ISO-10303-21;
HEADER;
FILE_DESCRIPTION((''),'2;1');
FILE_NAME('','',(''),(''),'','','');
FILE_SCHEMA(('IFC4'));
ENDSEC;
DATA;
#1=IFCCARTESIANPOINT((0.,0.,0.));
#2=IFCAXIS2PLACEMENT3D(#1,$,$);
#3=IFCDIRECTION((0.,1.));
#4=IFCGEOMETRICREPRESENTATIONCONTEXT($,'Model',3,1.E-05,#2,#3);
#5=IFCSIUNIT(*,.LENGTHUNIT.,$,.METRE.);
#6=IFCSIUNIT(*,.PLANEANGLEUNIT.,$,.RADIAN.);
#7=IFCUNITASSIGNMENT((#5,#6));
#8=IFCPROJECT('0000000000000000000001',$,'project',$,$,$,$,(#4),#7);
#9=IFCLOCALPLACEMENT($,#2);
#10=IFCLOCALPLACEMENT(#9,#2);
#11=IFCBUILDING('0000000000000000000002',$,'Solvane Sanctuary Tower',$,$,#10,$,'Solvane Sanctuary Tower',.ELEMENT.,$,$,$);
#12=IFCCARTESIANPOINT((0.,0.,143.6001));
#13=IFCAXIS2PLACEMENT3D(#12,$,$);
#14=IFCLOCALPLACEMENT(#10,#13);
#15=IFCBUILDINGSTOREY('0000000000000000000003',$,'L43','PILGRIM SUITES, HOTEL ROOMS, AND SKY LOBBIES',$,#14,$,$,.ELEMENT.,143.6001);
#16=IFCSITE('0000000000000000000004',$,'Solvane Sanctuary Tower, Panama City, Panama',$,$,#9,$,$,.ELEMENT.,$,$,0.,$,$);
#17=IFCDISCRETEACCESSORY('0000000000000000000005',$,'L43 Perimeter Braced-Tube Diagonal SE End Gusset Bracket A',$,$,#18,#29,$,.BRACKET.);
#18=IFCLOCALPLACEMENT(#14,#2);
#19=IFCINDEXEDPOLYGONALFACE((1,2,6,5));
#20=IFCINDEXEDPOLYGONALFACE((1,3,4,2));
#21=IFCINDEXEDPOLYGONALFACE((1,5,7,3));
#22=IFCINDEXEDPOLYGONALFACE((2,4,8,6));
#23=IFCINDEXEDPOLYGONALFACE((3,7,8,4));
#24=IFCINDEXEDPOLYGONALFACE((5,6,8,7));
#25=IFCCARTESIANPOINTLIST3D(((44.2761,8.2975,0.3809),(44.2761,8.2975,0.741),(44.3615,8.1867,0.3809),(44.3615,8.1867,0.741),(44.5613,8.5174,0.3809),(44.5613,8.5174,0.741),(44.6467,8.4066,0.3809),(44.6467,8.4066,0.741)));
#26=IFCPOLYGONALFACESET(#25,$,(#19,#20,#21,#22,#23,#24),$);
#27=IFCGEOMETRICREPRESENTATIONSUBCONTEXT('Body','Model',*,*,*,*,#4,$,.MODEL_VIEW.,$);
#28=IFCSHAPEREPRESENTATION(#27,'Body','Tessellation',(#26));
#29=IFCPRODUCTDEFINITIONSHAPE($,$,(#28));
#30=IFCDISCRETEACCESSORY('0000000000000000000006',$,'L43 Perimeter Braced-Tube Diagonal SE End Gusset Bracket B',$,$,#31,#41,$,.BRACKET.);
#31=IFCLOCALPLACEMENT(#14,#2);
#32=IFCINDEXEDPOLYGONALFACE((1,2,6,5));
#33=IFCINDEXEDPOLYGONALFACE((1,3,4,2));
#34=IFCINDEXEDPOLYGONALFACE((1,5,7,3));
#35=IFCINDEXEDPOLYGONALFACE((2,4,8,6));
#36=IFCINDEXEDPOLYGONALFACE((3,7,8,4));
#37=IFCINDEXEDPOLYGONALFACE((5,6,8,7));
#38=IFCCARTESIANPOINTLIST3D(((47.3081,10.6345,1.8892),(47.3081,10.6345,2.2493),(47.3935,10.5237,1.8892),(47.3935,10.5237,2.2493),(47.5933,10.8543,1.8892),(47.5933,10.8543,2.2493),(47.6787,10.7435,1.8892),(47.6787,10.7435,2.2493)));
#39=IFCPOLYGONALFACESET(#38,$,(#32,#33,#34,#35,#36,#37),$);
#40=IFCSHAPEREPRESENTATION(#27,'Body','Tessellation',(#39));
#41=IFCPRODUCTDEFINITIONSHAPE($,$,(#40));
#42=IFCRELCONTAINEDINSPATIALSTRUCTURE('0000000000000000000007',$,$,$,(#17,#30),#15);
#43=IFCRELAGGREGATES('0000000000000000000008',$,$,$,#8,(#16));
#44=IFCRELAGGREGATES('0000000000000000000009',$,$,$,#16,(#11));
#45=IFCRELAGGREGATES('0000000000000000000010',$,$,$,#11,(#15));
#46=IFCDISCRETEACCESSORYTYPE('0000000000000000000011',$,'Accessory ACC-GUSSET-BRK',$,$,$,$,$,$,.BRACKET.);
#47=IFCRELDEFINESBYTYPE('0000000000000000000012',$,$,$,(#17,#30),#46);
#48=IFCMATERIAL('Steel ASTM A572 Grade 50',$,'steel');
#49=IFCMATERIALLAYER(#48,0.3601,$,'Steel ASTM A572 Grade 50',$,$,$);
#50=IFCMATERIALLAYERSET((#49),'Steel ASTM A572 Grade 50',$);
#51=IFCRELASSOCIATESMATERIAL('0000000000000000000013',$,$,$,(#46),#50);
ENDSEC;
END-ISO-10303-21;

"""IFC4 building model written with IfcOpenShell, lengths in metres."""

from ifc_helpers import new_model, si_unit, direction, frame, origin, origin_2d, place, context, subcontext, project, spatial, rectangle, extrude, material, layer, layer_set, type_object, element, save


model = new_model("IFC4")

# Units and contexts
model_context = context("Model", 3, precision=1e-05, world=origin(), true_north=direction((0.0, 1.0)))
body_context = subcontext(model_context, "Body", "Model", "MODEL_VIEW")
ifc_project = project(units=[si_unit("LENGTHUNIT", "METRE"), si_unit("PLANEANGLEUNIT", "RADIAN")], contexts=[model_context])

# Site, building, storey
site_placement = place(None, origin())
site = spatial("IfcSite", under=ifc_project, at=site_placement, Name="Solvane Sanctuary Tower, Panama City, Panama", CompositionType="ELEMENT", RefElevation=0.0)
building_placement = place(site_placement, origin())
building = spatial("IfcBuilding", under=site, at=building_placement, Name="Solvane Sanctuary Tower", LongName="Solvane Sanctuary Tower", CompositionType="ELEMENT")
storey_placement = place(building_placement, frame((0.0, 0.0, 143.6001)))
storey = spatial("IfcBuildingStorey", under=building, at=storey_placement, Name="L43", Description="PILGRIM SUITES, HOTEL ROOMS, AND SKY LOBBIES", CompositionType="ELEMENT", Elevation=143.6001)

# Discrete accessories
ifc_material_1 = material(Name="Steel ASTM A572 Grade 50", Category="steel")
ifc_layer_1 = layer(ifc_material_1, 0.3601, Name="Steel ASTM A572 Grade 50")
ifc_layer_set_1 = layer_set([ifc_layer_1], Name="Steel ASTM A572 Grade 50")
discrete_accessory_type = type_object("IfcDiscreteAccessoryType", Name="Accessory ACC-GUSSET-BRK", PredefinedType="BRACKET", material=ifc_layer_set_1)
for number, where, z_axis, x_axis, name in (
    (1, (44.4614, 8.3521, 0.3809), (0.0, 0.0, 1.0), (0.792077, 0.610422, 0.0), "L43 Perimeter Braced-Tube Diagonal SE End Gusset Bracket A"),
    (2, (47.4934, 10.689, 1.8892), (0.0, 0.0, 1.0), (0.792077, 0.610422, 0.0), "L43 Perimeter Braced-Tube Diagonal SE End Gusset Bracket B"),
):
    element("IfcDiscreteAccessory", number, at=place(storey_placement, frame(where, z_axis=z_axis, x_axis=x_axis)), inside=storey, type_object=discrete_accessory_type, Name=name, PredefinedType="BRACKET", context=body_context, shape_type="SweptSolid", body=[
        extrude(rectangle(XDim=0.3601, YDim=0.1399, at=origin_2d()), origin(), (0.0, 0.0, 1.0), 0.3601),
    ])

save(model, "model.ifc")
